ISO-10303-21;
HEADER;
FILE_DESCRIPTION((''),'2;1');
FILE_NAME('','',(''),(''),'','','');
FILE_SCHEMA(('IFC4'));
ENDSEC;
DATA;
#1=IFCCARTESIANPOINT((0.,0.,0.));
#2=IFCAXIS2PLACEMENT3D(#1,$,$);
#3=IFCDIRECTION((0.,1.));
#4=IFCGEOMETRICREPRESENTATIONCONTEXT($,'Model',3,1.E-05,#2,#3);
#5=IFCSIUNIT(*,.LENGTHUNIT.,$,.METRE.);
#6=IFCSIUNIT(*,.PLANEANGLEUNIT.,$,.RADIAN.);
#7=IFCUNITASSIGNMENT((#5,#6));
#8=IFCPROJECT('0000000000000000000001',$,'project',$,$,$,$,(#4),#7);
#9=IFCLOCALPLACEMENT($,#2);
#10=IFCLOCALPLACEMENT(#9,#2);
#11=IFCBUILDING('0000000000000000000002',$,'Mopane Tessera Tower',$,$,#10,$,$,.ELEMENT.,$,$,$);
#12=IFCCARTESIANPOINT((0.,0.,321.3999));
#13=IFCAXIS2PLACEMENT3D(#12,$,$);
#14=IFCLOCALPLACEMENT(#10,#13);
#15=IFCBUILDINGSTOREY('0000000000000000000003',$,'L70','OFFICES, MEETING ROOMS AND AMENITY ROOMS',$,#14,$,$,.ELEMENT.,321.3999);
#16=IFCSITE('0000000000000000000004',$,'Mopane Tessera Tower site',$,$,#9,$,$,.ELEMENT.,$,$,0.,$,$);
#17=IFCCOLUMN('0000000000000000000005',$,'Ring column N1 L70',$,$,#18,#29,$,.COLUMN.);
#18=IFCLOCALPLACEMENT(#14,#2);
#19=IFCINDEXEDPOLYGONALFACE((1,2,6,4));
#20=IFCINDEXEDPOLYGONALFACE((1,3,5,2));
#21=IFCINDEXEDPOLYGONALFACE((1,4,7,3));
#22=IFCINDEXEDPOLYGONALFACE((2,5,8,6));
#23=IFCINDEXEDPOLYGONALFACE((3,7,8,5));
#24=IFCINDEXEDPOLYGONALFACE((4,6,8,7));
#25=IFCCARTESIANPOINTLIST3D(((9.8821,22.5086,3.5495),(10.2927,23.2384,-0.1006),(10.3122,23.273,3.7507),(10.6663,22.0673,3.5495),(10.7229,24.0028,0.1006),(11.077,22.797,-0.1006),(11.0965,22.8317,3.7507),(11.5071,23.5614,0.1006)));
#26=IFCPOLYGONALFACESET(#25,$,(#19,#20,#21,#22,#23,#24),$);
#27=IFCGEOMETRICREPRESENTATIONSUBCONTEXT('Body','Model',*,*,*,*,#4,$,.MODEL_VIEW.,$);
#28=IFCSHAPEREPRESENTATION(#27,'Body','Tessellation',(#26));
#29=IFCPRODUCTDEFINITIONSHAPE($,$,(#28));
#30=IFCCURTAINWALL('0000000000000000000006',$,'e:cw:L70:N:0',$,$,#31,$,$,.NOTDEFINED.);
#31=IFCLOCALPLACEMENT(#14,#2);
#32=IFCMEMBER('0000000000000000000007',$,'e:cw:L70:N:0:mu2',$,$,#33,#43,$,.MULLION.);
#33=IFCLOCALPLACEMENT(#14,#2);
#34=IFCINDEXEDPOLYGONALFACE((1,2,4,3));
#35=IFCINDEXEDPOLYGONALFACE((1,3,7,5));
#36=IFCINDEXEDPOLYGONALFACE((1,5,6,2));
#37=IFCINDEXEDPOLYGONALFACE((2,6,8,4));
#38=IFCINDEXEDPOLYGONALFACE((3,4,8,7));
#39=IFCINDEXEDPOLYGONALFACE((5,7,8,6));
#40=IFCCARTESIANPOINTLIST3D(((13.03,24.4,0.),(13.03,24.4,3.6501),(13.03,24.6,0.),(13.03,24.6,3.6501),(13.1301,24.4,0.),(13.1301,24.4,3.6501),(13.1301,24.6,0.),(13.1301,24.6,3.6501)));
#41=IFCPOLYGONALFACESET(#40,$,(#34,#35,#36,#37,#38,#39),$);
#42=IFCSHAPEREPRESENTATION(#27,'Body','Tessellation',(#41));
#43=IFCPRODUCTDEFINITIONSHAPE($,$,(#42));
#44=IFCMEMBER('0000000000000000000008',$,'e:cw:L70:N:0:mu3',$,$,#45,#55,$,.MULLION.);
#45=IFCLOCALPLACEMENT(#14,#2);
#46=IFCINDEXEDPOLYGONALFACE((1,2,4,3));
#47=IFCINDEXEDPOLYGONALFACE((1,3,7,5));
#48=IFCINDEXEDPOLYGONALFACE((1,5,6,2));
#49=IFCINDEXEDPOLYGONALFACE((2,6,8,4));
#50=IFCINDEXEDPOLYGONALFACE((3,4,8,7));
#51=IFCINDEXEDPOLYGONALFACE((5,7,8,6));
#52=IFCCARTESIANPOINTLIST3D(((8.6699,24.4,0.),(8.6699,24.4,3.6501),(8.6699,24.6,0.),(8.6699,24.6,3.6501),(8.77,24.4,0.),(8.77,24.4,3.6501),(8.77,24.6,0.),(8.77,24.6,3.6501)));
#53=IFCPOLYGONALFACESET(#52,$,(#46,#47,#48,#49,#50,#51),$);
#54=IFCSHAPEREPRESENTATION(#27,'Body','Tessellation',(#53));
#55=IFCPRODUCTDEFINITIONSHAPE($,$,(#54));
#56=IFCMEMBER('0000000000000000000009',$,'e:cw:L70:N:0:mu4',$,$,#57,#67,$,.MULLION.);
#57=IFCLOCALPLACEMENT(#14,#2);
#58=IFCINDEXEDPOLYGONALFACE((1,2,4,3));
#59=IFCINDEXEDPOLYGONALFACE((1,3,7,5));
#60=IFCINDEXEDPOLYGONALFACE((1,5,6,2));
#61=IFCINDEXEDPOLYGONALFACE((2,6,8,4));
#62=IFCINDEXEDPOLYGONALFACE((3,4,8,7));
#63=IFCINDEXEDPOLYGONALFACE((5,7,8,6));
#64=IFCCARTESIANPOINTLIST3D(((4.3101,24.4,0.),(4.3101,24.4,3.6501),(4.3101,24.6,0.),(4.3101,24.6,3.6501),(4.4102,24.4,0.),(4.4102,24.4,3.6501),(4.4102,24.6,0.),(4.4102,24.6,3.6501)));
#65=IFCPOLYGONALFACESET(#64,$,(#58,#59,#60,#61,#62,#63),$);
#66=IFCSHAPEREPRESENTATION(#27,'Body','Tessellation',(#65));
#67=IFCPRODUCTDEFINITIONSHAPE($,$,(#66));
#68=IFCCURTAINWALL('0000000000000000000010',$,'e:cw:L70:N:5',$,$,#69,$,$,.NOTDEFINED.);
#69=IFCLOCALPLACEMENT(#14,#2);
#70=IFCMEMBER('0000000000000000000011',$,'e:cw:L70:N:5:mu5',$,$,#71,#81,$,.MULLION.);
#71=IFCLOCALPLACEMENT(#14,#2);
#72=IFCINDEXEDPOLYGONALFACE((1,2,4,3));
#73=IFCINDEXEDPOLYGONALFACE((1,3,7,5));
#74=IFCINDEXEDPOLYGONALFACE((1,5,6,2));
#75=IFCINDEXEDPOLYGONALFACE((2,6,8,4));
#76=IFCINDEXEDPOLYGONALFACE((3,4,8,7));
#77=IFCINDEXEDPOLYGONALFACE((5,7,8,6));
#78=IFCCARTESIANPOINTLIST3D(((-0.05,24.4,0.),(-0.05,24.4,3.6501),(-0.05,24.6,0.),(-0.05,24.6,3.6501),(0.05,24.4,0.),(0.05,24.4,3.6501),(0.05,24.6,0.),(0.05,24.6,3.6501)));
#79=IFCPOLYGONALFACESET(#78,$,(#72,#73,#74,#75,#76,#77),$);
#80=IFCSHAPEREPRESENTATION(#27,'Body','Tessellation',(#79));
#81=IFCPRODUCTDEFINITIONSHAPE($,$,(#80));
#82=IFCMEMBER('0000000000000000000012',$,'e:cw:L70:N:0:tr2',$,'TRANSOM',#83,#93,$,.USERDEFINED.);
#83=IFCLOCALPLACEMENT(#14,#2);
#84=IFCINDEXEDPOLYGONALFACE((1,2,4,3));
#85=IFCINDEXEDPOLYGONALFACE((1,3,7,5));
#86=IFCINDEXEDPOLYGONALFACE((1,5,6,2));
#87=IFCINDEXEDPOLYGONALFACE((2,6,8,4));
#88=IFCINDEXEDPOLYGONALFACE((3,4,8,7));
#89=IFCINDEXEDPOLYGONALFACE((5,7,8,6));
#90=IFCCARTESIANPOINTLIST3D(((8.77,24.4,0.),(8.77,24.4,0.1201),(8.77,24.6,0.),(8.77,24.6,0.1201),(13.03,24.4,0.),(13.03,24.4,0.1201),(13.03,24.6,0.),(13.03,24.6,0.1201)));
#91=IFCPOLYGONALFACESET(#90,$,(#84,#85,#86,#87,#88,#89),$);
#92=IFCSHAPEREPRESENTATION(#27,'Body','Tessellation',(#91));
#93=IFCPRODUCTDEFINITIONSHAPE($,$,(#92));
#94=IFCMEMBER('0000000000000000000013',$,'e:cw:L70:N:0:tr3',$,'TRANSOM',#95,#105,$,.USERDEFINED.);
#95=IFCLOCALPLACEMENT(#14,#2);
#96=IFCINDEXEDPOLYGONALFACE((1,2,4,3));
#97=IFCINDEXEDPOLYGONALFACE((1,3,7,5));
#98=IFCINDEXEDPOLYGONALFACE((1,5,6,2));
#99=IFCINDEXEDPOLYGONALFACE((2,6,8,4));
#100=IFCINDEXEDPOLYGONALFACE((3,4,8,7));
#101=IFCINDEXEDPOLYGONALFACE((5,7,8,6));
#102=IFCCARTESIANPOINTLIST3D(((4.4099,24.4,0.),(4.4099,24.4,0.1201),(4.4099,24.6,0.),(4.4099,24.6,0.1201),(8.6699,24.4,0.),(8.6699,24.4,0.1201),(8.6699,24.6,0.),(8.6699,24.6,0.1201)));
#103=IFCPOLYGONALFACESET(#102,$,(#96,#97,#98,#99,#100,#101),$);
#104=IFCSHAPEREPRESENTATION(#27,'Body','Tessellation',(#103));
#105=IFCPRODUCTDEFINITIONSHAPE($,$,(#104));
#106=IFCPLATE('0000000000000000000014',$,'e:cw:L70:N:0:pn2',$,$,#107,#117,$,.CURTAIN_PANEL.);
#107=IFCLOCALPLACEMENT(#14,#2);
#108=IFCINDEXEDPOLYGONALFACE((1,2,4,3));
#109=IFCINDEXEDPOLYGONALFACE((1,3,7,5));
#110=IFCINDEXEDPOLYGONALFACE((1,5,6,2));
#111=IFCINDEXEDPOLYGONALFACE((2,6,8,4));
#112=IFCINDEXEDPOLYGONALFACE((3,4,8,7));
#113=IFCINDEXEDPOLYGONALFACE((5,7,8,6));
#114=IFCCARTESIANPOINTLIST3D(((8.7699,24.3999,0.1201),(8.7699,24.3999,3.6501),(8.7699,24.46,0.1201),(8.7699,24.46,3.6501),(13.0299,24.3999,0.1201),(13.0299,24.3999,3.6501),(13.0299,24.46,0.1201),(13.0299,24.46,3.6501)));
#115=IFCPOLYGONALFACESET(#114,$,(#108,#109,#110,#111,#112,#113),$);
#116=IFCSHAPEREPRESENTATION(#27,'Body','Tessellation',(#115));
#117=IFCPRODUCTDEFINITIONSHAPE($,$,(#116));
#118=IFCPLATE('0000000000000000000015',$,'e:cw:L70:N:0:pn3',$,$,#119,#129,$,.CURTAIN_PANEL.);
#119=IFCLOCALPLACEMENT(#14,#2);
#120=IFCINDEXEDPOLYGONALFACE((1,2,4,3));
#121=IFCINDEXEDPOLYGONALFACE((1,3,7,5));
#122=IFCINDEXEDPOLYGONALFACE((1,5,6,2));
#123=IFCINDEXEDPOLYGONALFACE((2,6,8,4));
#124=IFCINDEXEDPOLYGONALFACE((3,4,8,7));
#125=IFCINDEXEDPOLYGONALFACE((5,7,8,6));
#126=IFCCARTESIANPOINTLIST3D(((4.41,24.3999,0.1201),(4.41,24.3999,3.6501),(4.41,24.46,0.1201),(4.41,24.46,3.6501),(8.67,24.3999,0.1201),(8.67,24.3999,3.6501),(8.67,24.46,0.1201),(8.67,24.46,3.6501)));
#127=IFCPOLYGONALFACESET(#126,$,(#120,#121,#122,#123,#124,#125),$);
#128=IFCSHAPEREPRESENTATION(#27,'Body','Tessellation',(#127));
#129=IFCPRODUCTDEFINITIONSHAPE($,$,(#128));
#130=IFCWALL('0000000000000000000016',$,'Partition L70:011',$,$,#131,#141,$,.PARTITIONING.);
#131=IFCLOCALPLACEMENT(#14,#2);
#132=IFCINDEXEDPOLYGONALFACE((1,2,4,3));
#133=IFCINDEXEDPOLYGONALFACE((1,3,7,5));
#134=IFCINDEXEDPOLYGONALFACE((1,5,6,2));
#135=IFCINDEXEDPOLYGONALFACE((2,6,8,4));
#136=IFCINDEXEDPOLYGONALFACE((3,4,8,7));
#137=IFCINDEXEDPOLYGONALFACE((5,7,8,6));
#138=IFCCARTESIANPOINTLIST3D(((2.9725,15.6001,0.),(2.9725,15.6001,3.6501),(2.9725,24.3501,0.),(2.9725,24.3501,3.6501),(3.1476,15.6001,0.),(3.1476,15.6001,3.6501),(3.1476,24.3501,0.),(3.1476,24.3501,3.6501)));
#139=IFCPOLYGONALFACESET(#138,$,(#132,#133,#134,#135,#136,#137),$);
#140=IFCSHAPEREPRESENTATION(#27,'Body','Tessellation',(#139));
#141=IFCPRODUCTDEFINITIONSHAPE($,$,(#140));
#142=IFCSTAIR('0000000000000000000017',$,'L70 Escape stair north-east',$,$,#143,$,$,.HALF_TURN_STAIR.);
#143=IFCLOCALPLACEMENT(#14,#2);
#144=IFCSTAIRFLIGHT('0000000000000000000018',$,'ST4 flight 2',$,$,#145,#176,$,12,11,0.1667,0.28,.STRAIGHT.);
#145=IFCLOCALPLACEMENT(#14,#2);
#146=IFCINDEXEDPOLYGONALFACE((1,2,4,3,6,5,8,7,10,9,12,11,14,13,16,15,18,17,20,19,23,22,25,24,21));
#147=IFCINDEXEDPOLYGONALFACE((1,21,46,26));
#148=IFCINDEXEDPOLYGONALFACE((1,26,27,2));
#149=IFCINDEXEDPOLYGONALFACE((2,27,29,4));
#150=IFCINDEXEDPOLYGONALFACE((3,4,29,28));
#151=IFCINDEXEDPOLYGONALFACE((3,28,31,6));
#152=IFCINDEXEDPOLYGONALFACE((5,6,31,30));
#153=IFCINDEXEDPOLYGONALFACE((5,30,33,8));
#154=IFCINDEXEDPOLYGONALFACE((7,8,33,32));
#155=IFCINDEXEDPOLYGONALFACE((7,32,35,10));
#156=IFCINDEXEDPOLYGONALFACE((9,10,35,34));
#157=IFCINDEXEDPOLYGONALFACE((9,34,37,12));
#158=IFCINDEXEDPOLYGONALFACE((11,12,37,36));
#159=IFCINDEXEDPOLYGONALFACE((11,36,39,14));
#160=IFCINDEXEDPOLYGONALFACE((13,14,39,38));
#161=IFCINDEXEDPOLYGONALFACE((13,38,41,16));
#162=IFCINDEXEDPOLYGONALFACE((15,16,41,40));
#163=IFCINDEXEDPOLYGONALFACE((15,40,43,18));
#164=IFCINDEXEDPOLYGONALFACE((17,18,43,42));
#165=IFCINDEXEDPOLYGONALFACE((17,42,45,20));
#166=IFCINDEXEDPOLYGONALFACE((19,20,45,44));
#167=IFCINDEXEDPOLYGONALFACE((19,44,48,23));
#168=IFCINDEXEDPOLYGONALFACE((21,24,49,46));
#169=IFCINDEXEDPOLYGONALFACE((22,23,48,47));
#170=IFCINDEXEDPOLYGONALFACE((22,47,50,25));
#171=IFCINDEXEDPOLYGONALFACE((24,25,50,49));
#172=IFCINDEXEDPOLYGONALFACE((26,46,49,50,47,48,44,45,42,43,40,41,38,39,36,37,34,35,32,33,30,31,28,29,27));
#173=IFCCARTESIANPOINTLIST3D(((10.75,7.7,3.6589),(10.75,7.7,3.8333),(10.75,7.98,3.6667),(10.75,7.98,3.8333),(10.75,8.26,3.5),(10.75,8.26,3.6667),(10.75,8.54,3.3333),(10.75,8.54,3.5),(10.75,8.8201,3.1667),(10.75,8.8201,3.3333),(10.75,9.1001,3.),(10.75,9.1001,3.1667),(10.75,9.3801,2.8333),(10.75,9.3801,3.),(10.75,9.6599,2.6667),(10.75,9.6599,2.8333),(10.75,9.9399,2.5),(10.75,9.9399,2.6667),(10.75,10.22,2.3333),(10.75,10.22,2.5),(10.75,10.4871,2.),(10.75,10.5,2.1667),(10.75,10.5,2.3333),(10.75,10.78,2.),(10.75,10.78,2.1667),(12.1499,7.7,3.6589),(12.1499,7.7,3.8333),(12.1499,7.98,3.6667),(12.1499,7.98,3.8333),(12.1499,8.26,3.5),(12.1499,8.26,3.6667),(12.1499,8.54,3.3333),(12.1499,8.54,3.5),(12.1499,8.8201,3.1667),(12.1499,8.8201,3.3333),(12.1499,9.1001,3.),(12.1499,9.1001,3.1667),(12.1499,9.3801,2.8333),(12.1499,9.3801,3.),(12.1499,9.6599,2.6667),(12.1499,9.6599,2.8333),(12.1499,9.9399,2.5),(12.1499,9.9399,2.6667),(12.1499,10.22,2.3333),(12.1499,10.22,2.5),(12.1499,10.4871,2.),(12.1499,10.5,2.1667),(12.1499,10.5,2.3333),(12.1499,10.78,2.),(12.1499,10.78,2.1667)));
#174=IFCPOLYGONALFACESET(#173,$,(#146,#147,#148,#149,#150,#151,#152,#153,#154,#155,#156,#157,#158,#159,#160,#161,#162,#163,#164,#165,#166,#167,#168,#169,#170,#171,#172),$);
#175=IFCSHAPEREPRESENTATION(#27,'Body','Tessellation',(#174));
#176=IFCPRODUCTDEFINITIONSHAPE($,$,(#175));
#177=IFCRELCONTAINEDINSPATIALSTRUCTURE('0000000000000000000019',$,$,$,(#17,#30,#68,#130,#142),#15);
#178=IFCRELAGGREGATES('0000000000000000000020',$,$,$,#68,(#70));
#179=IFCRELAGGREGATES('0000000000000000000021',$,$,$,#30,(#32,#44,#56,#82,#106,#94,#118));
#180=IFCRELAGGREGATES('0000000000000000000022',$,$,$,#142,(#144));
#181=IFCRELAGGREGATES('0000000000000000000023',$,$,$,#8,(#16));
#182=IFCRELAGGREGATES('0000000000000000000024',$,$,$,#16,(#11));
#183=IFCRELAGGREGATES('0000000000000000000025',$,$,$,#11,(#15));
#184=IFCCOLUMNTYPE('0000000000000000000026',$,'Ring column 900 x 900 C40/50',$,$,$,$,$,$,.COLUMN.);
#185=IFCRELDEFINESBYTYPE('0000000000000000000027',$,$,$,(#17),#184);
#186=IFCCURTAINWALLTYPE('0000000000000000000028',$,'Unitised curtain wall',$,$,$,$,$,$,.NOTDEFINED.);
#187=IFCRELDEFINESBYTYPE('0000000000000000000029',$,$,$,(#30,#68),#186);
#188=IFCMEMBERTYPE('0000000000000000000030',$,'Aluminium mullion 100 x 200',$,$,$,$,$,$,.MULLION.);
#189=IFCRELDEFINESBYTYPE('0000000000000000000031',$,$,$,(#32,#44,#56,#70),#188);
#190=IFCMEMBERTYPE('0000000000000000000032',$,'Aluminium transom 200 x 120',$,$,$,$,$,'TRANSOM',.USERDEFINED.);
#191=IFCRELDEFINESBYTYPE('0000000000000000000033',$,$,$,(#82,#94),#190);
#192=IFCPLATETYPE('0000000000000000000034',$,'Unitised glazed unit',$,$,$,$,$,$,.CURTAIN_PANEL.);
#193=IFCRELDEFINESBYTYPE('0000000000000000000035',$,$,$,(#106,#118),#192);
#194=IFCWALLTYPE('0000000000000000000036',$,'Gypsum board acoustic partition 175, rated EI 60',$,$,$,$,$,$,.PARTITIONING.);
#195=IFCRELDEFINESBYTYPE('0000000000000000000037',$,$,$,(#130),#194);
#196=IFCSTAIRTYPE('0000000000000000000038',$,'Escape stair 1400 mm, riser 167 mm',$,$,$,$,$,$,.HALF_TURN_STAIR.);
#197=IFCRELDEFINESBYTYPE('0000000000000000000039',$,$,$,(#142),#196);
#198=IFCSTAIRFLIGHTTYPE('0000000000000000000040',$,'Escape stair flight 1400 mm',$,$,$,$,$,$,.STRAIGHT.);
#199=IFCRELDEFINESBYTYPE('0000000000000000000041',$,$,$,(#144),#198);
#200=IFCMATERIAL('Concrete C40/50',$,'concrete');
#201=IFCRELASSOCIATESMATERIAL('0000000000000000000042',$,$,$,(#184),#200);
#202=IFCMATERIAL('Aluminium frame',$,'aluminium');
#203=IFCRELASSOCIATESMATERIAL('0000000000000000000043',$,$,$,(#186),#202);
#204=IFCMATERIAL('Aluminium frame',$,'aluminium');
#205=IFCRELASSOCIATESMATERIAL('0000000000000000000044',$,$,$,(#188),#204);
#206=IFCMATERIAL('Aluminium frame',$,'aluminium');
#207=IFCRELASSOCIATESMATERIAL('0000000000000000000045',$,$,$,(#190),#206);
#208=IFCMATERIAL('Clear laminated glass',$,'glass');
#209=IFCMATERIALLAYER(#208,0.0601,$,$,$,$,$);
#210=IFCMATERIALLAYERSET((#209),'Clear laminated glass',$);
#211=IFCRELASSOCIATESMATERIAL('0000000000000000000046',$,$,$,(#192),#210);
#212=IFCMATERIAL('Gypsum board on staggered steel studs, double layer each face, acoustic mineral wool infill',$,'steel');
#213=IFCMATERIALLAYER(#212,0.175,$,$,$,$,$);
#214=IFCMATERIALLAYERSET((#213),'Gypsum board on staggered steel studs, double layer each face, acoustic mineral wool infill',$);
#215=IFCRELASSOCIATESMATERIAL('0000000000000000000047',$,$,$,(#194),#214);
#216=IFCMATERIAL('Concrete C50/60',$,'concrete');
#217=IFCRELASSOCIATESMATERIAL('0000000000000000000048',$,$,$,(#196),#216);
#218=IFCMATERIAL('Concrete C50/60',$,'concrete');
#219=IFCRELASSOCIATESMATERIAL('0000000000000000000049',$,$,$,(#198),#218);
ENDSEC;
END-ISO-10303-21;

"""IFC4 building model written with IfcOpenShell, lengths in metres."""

from ifc_helpers import new_model, si_unit, direction, frame, frame_2d, origin, origin_2d, place, context, subcontext, project, spatial, polyline, rectangle, outline, extrude, material, layer, layer_set, material_profile, profile_set, type_object, element, aggregate, save


model = new_model("IFC4")

# Units and contexts
model_context = context("Model", 3, precision=1e-05, world=origin(), true_north=direction((0.0, 1.0)))
body_context = subcontext(model_context, "Body", "Model", "MODEL_VIEW")
ifc_project = project(units=[si_unit("LENGTHUNIT", "METRE"), si_unit("PLANEANGLEUNIT", "RADIAN")], contexts=[model_context])

# Site, building, storey
site_placement = place(None, origin())
site = spatial("IfcSite", under=ifc_project, at=site_placement, Name="Mopane Tessera Tower site", CompositionType="ELEMENT", RefElevation=0.0)
building_placement = place(site_placement, origin())
building = spatial("IfcBuilding", under=site, at=building_placement, Name="Mopane Tessera Tower", CompositionType="ELEMENT")
storey_placement = place(building_placement, frame((0.0, 0.0, 321.3999)))
storey = spatial("IfcBuildingStorey", under=building, at=storey_placement, Name="L70", Description="OFFICES, MEETING ROOMS AND AMENITY ROOMS", CompositionType="ELEMENT", Elevation=321.3999)

# Column
ifc_material_1 = material(Name="Concrete C40/50", Category="concrete")
ifc_material_profile_1 = material_profile(ifc_material_1, rectangle(XDim=0.8999, YDim=0.8999, at=origin_2d()))
ifc_profile_set_1 = profile_set([ifc_material_profile_1], Name="Concrete C40/50")
column_type = type_object("IfcColumnType", Name="Ring column 900 x 900 C40/50", PredefinedType="COLUMN", material=ifc_profile_set_1)
column_placement = place(storey_placement, frame((10.8999, 23.3999, 0.0), z_axis=(-0.109653, -0.194858, 0.974683), x_axis=(0.87149, -0.490414, 0.0)))
element("IfcColumn", 1, at=column_placement, inside=storey, type_object=column_type, Name="Ring column N1 L70", PredefinedType="COLUMN", context=body_context, shape_type="SweptSolid", body=[
    extrude(rectangle(XDim=0.8999, YDim=0.8999, at=origin_2d()), origin(), (0.0, 0.0, 1.0), 3.7449),
])

# Curtain wall, members
ifc_material_2 = material(Name="Aluminium frame", Category="aluminium")
curtain_wall_type = type_object("IfcCurtainWallType", Name="Unitised curtain wall", PredefinedType="NOTDEFINED", material=ifc_material_2)
curtain_wall_1_placement = place(storey_placement, origin())
curtain_wall_1 = element("IfcCurtainWall", 2, at=curtain_wall_1_placement, inside=storey, type_object=curtain_wall_type, Name="e:cw:L70:N:0", PredefinedType="NOTDEFINED")
ifc_material_3 = material(Name="Aluminium frame", Category="aluminium")
ifc_material_profile_2 = material_profile(ifc_material_3, rectangle(XDim=0.1001, YDim=0.2, at=origin_2d()))
ifc_profile_set_2 = profile_set([ifc_material_profile_2], Name="Aluminium frame")
member_type_1 = type_object("IfcMemberType", Name="Aluminium mullion 100 x 200", PredefinedType="MULLION", material=ifc_profile_set_2)
member_1_placement = place(storey_placement, frame((13.0801, 24.5, 0.0), z_axis=(0.0, 0.0, 1.0), x_axis=(-1.0, 0.0, 0.0)))
member_1 = element("IfcMember", 3, at=member_1_placement, type_object=member_type_1, Name="e:cw:L70:N:0:mu2", PredefinedType="MULLION", context=body_context, shape_type="SweptSolid", body=[
    extrude(rectangle(XDim=0.1001, YDim=0.2, at=origin_2d()), origin(), (0.0, 0.0, 1.0), 3.6501),
])
member_2_placement = place(storey_placement, frame((8.72, 24.5, 0.0), z_axis=(0.0, 0.0, 1.0), x_axis=(-1.0, 0.0, 0.0)))
member_2 = element("IfcMember", 4, at=member_2_placement, type_object=member_type_1, Name="e:cw:L70:N:0:mu3", PredefinedType="MULLION", context=body_context, shape_type="SweptSolid", body=[
    extrude(rectangle(XDim=0.1001, YDim=0.2, at=origin_2d()), origin(), (0.0, 0.0, 1.0), 3.6501),
])
member_3_placement = place(storey_placement, frame((4.3601, 24.5, 0.0), z_axis=(0.0, 0.0, 1.0), x_axis=(-1.0, 0.0, 0.0)))
member_3 = element("IfcMember", 5, at=member_3_placement, type_object=member_type_1, Name="e:cw:L70:N:0:mu4", PredefinedType="MULLION", context=body_context, shape_type="SweptSolid", body=[
    extrude(rectangle(XDim=0.1001, YDim=0.2, at=origin_2d()), origin(), (0.0, 0.0, 1.0), 3.6501),
])

# Curtain wall, member
curtain_wall_2_placement = place(storey_placement, origin())
curtain_wall_2 = element("IfcCurtainWall", 6, at=curtain_wall_2_placement, inside=storey, type_object=curtain_wall_type, Name="e:cw:L70:N:5", PredefinedType="NOTDEFINED")
member_4_placement = place(storey_placement, frame((0.0, 24.5, 0.0), z_axis=(0.0, 0.0, 1.0), x_axis=(-1.0, 0.0, 0.0)))
member_4 = element("IfcMember", 7, at=member_4_placement, type_object=member_type_1, Name="e:cw:L70:N:5:mu5", PredefinedType="MULLION", context=body_context, shape_type="SweptSolid", body=[
    extrude(rectangle(XDim=0.1001, YDim=0.2, at=origin_2d()), origin(), (0.0, 0.0, 1.0), 3.6501),
])
aggregate(curtain_wall_2, [member_4])

# Members
ifc_material_4 = material(Name="Aluminium frame", Category="aluminium")
ifc_material_profile_3 = material_profile(ifc_material_4, rectangle(XDim=0.2, YDim=0.1201, at=origin_2d()))
ifc_profile_set_3 = profile_set([ifc_material_profile_3], Name="Aluminium frame")
member_type_2 = type_object("IfcMemberType", Name="Aluminium transom 200 x 120", ElementType="TRANSOM", PredefinedType="USERDEFINED", material=ifc_profile_set_3)
member_5_placement = place(storey_placement, frame((13.03, 24.5, 0.0601), z_axis=(-1.0, 0.0, 0.0), x_axis=(0.0, -1.0, 0.0)))
member_5 = element("IfcMember", 8, at=member_5_placement, type_object=member_type_2, Name="e:cw:L70:N:0:tr2", ObjectType="TRANSOM", PredefinedType="USERDEFINED", context=body_context, shape_type="SweptSolid", body=[
    extrude(rectangle(XDim=0.2, YDim=0.1201, at=origin_2d()), origin(), (0.0, 0.0, 1.0), 4.26),
])
member_6_placement = place(storey_placement, frame((8.6699, 24.5, 0.0601), z_axis=(-1.0, 0.0, 0.0), x_axis=(0.0, -1.0, 0.0)))
member_6 = element("IfcMember", 9, at=member_6_placement, type_object=member_type_2, Name="e:cw:L70:N:0:tr3", ObjectType="TRANSOM", PredefinedType="USERDEFINED", context=body_context, shape_type="SweptSolid", body=[
    extrude(rectangle(XDim=0.2, YDim=0.1201, at=origin_2d()), origin(), (0.0, 0.0, 1.0), 4.26),
])

# Plates
ifc_material_5 = material(Name="Clear laminated glass", Category="glass")
ifc_layer_1 = layer(ifc_material_5, 0.0601)
ifc_layer_set_1 = layer_set([ifc_layer_1], Name="Clear laminated glass")
plate_type = type_object("IfcPlateType", Name="Unitised glazed unit", PredefinedType="CURTAIN_PANEL", material=ifc_layer_set_1)
plate_1_placement = place(storey_placement, frame((10.8999, 24.4299, 0.1201), z_axis=(0.0, 0.0, 1.0), x_axis=(-1.0, 0.0, 0.0)))
plate_1 = element("IfcPlate", 10, at=plate_1_placement, type_object=plate_type, Name="e:cw:L70:N:0:pn2", PredefinedType="CURTAIN_PANEL", context=body_context, shape_type="SweptSolid", body=[
    extrude(rectangle(XDim=4.26, YDim=0.0601, at=origin_2d()), origin(), (0.0, 0.0, 1.0), 3.53),
])
plate_2_placement = place(storey_placement, frame((6.54, 24.4299, 0.1201), z_axis=(0.0, 0.0, 1.0), x_axis=(-1.0, 0.0, 0.0)))
plate_2 = element("IfcPlate", 11, at=plate_2_placement, type_object=plate_type, Name="e:cw:L70:N:0:pn3", PredefinedType="CURTAIN_PANEL", context=body_context, shape_type="SweptSolid", body=[
    extrude(rectangle(XDim=4.26, YDim=0.0601, at=origin_2d()), origin(), (0.0, 0.0, 1.0), 3.53),
])
aggregate(curtain_wall_1, [member_1, member_2, member_3, member_5, plate_1, member_6, plate_2])

# Wall
ifc_material_6 = material(Name="Gypsum board on staggered steel studs, double layer each face, acoustic mineral wool infill", Category="steel")
ifc_layer_2 = layer(ifc_material_6, 0.175)
ifc_layer_set_2 = layer_set([ifc_layer_2], Name="Gypsum board on staggered steel studs, double layer each face, acoustic mineral wool infill")
wall_type_1 = type_object("IfcWallType", Name="Gypsum board acoustic partition 175, rated EI 60", PredefinedType="PARTITIONING", material=ifc_layer_set_2)
wall_1_placement = place(storey_placement, frame((3.0601, 15.6001, 0.0), z_axis=(0.0, 0.0, 1.0), x_axis=(0.0, 1.0, 0.0)))
element("IfcWall", 12, at=wall_1_placement, inside=storey, type_object=wall_type_1, Name="Partition L70:011", PredefinedType="PARTITIONING", context=body_context, shape_type="SweptSolid", body=[
    extrude(rectangle(XDim=8.75, YDim=0.175, at=frame_2d((4.375, 0.0))), origin(), (0.0, 0.0, 1.0), 3.6501),
])

# Stair, stair flight
ifc_material_7 = material(Name="Concrete C50/60", Category="concrete")
stair_type = type_object("IfcStairType", Name="Escape stair 1400 mm, riser 167 mm", PredefinedType="HALF_TURN_STAIR", material=ifc_material_7)
stair_placement = place(storey_placement, origin())
stair = element("IfcStair", 13, at=stair_placement, inside=storey, type_object=stair_type, Name="L70 Escape stair north-east", PredefinedType="HALF_TURN_STAIR")
ifc_material_8 = material(Name="Concrete C50/60", Category="concrete")
stair_flight_type = type_object("IfcStairFlightType", Name="Escape stair flight 1400 mm", PredefinedType="STRAIGHT", material=ifc_material_8)
stair_flight_placement = place(storey_placement, frame((11.45, 10.78, 2.0), z_axis=(0.0, 0.0, 1.0), x_axis=(0.0, -1.0, 0.0)))
stair_flight = element("IfcStairFlight", 14, at=stair_flight_placement, type_object=stair_flight_type, Name="ST4 flight 2", NumberOfRisers=12, NumberOfTreads=11, PredefinedType="STRAIGHT", RiserHeight=0.1667, TreadLength=0.28, context=body_context, shape_type="SweptSolid", body=[
    extrude(outline(polyline([(0.0, 0.0), (0.0, 0.1667), (0.28, 0.1667), (0.28, 0.3333), (0.5601, 0.3333), (0.5601, 0.5), (0.8401, 0.5), (0.8401, 0.6667), (1.1201, 0.6667), (1.1201, 0.8333), (1.3999, 0.8333), (1.3999, 1.0), (1.6799, 1.0), (1.6799, 1.1667), (1.96, 1.1667), (1.96, 1.3333), (2.24, 1.3333), (2.24, 1.5), (2.52, 1.5), (2.52, 1.6667), (2.8, 1.6667), (2.8, 1.8333), (3.0801, 1.8333), (3.0801, 2.0), (3.0801, 1.6589), (0.293, 0.0), (0.0, 0.0)])), frame((0.0, 0.7, 0.0), z_axis=(0.0, -1.0, 0.0), x_axis=(1.0, 0.0, 0.0)), (0.0, 0.0, 1.0), 1.3999),
])
aggregate(stair, [stair_flight])

save(model, "model.ifc")
